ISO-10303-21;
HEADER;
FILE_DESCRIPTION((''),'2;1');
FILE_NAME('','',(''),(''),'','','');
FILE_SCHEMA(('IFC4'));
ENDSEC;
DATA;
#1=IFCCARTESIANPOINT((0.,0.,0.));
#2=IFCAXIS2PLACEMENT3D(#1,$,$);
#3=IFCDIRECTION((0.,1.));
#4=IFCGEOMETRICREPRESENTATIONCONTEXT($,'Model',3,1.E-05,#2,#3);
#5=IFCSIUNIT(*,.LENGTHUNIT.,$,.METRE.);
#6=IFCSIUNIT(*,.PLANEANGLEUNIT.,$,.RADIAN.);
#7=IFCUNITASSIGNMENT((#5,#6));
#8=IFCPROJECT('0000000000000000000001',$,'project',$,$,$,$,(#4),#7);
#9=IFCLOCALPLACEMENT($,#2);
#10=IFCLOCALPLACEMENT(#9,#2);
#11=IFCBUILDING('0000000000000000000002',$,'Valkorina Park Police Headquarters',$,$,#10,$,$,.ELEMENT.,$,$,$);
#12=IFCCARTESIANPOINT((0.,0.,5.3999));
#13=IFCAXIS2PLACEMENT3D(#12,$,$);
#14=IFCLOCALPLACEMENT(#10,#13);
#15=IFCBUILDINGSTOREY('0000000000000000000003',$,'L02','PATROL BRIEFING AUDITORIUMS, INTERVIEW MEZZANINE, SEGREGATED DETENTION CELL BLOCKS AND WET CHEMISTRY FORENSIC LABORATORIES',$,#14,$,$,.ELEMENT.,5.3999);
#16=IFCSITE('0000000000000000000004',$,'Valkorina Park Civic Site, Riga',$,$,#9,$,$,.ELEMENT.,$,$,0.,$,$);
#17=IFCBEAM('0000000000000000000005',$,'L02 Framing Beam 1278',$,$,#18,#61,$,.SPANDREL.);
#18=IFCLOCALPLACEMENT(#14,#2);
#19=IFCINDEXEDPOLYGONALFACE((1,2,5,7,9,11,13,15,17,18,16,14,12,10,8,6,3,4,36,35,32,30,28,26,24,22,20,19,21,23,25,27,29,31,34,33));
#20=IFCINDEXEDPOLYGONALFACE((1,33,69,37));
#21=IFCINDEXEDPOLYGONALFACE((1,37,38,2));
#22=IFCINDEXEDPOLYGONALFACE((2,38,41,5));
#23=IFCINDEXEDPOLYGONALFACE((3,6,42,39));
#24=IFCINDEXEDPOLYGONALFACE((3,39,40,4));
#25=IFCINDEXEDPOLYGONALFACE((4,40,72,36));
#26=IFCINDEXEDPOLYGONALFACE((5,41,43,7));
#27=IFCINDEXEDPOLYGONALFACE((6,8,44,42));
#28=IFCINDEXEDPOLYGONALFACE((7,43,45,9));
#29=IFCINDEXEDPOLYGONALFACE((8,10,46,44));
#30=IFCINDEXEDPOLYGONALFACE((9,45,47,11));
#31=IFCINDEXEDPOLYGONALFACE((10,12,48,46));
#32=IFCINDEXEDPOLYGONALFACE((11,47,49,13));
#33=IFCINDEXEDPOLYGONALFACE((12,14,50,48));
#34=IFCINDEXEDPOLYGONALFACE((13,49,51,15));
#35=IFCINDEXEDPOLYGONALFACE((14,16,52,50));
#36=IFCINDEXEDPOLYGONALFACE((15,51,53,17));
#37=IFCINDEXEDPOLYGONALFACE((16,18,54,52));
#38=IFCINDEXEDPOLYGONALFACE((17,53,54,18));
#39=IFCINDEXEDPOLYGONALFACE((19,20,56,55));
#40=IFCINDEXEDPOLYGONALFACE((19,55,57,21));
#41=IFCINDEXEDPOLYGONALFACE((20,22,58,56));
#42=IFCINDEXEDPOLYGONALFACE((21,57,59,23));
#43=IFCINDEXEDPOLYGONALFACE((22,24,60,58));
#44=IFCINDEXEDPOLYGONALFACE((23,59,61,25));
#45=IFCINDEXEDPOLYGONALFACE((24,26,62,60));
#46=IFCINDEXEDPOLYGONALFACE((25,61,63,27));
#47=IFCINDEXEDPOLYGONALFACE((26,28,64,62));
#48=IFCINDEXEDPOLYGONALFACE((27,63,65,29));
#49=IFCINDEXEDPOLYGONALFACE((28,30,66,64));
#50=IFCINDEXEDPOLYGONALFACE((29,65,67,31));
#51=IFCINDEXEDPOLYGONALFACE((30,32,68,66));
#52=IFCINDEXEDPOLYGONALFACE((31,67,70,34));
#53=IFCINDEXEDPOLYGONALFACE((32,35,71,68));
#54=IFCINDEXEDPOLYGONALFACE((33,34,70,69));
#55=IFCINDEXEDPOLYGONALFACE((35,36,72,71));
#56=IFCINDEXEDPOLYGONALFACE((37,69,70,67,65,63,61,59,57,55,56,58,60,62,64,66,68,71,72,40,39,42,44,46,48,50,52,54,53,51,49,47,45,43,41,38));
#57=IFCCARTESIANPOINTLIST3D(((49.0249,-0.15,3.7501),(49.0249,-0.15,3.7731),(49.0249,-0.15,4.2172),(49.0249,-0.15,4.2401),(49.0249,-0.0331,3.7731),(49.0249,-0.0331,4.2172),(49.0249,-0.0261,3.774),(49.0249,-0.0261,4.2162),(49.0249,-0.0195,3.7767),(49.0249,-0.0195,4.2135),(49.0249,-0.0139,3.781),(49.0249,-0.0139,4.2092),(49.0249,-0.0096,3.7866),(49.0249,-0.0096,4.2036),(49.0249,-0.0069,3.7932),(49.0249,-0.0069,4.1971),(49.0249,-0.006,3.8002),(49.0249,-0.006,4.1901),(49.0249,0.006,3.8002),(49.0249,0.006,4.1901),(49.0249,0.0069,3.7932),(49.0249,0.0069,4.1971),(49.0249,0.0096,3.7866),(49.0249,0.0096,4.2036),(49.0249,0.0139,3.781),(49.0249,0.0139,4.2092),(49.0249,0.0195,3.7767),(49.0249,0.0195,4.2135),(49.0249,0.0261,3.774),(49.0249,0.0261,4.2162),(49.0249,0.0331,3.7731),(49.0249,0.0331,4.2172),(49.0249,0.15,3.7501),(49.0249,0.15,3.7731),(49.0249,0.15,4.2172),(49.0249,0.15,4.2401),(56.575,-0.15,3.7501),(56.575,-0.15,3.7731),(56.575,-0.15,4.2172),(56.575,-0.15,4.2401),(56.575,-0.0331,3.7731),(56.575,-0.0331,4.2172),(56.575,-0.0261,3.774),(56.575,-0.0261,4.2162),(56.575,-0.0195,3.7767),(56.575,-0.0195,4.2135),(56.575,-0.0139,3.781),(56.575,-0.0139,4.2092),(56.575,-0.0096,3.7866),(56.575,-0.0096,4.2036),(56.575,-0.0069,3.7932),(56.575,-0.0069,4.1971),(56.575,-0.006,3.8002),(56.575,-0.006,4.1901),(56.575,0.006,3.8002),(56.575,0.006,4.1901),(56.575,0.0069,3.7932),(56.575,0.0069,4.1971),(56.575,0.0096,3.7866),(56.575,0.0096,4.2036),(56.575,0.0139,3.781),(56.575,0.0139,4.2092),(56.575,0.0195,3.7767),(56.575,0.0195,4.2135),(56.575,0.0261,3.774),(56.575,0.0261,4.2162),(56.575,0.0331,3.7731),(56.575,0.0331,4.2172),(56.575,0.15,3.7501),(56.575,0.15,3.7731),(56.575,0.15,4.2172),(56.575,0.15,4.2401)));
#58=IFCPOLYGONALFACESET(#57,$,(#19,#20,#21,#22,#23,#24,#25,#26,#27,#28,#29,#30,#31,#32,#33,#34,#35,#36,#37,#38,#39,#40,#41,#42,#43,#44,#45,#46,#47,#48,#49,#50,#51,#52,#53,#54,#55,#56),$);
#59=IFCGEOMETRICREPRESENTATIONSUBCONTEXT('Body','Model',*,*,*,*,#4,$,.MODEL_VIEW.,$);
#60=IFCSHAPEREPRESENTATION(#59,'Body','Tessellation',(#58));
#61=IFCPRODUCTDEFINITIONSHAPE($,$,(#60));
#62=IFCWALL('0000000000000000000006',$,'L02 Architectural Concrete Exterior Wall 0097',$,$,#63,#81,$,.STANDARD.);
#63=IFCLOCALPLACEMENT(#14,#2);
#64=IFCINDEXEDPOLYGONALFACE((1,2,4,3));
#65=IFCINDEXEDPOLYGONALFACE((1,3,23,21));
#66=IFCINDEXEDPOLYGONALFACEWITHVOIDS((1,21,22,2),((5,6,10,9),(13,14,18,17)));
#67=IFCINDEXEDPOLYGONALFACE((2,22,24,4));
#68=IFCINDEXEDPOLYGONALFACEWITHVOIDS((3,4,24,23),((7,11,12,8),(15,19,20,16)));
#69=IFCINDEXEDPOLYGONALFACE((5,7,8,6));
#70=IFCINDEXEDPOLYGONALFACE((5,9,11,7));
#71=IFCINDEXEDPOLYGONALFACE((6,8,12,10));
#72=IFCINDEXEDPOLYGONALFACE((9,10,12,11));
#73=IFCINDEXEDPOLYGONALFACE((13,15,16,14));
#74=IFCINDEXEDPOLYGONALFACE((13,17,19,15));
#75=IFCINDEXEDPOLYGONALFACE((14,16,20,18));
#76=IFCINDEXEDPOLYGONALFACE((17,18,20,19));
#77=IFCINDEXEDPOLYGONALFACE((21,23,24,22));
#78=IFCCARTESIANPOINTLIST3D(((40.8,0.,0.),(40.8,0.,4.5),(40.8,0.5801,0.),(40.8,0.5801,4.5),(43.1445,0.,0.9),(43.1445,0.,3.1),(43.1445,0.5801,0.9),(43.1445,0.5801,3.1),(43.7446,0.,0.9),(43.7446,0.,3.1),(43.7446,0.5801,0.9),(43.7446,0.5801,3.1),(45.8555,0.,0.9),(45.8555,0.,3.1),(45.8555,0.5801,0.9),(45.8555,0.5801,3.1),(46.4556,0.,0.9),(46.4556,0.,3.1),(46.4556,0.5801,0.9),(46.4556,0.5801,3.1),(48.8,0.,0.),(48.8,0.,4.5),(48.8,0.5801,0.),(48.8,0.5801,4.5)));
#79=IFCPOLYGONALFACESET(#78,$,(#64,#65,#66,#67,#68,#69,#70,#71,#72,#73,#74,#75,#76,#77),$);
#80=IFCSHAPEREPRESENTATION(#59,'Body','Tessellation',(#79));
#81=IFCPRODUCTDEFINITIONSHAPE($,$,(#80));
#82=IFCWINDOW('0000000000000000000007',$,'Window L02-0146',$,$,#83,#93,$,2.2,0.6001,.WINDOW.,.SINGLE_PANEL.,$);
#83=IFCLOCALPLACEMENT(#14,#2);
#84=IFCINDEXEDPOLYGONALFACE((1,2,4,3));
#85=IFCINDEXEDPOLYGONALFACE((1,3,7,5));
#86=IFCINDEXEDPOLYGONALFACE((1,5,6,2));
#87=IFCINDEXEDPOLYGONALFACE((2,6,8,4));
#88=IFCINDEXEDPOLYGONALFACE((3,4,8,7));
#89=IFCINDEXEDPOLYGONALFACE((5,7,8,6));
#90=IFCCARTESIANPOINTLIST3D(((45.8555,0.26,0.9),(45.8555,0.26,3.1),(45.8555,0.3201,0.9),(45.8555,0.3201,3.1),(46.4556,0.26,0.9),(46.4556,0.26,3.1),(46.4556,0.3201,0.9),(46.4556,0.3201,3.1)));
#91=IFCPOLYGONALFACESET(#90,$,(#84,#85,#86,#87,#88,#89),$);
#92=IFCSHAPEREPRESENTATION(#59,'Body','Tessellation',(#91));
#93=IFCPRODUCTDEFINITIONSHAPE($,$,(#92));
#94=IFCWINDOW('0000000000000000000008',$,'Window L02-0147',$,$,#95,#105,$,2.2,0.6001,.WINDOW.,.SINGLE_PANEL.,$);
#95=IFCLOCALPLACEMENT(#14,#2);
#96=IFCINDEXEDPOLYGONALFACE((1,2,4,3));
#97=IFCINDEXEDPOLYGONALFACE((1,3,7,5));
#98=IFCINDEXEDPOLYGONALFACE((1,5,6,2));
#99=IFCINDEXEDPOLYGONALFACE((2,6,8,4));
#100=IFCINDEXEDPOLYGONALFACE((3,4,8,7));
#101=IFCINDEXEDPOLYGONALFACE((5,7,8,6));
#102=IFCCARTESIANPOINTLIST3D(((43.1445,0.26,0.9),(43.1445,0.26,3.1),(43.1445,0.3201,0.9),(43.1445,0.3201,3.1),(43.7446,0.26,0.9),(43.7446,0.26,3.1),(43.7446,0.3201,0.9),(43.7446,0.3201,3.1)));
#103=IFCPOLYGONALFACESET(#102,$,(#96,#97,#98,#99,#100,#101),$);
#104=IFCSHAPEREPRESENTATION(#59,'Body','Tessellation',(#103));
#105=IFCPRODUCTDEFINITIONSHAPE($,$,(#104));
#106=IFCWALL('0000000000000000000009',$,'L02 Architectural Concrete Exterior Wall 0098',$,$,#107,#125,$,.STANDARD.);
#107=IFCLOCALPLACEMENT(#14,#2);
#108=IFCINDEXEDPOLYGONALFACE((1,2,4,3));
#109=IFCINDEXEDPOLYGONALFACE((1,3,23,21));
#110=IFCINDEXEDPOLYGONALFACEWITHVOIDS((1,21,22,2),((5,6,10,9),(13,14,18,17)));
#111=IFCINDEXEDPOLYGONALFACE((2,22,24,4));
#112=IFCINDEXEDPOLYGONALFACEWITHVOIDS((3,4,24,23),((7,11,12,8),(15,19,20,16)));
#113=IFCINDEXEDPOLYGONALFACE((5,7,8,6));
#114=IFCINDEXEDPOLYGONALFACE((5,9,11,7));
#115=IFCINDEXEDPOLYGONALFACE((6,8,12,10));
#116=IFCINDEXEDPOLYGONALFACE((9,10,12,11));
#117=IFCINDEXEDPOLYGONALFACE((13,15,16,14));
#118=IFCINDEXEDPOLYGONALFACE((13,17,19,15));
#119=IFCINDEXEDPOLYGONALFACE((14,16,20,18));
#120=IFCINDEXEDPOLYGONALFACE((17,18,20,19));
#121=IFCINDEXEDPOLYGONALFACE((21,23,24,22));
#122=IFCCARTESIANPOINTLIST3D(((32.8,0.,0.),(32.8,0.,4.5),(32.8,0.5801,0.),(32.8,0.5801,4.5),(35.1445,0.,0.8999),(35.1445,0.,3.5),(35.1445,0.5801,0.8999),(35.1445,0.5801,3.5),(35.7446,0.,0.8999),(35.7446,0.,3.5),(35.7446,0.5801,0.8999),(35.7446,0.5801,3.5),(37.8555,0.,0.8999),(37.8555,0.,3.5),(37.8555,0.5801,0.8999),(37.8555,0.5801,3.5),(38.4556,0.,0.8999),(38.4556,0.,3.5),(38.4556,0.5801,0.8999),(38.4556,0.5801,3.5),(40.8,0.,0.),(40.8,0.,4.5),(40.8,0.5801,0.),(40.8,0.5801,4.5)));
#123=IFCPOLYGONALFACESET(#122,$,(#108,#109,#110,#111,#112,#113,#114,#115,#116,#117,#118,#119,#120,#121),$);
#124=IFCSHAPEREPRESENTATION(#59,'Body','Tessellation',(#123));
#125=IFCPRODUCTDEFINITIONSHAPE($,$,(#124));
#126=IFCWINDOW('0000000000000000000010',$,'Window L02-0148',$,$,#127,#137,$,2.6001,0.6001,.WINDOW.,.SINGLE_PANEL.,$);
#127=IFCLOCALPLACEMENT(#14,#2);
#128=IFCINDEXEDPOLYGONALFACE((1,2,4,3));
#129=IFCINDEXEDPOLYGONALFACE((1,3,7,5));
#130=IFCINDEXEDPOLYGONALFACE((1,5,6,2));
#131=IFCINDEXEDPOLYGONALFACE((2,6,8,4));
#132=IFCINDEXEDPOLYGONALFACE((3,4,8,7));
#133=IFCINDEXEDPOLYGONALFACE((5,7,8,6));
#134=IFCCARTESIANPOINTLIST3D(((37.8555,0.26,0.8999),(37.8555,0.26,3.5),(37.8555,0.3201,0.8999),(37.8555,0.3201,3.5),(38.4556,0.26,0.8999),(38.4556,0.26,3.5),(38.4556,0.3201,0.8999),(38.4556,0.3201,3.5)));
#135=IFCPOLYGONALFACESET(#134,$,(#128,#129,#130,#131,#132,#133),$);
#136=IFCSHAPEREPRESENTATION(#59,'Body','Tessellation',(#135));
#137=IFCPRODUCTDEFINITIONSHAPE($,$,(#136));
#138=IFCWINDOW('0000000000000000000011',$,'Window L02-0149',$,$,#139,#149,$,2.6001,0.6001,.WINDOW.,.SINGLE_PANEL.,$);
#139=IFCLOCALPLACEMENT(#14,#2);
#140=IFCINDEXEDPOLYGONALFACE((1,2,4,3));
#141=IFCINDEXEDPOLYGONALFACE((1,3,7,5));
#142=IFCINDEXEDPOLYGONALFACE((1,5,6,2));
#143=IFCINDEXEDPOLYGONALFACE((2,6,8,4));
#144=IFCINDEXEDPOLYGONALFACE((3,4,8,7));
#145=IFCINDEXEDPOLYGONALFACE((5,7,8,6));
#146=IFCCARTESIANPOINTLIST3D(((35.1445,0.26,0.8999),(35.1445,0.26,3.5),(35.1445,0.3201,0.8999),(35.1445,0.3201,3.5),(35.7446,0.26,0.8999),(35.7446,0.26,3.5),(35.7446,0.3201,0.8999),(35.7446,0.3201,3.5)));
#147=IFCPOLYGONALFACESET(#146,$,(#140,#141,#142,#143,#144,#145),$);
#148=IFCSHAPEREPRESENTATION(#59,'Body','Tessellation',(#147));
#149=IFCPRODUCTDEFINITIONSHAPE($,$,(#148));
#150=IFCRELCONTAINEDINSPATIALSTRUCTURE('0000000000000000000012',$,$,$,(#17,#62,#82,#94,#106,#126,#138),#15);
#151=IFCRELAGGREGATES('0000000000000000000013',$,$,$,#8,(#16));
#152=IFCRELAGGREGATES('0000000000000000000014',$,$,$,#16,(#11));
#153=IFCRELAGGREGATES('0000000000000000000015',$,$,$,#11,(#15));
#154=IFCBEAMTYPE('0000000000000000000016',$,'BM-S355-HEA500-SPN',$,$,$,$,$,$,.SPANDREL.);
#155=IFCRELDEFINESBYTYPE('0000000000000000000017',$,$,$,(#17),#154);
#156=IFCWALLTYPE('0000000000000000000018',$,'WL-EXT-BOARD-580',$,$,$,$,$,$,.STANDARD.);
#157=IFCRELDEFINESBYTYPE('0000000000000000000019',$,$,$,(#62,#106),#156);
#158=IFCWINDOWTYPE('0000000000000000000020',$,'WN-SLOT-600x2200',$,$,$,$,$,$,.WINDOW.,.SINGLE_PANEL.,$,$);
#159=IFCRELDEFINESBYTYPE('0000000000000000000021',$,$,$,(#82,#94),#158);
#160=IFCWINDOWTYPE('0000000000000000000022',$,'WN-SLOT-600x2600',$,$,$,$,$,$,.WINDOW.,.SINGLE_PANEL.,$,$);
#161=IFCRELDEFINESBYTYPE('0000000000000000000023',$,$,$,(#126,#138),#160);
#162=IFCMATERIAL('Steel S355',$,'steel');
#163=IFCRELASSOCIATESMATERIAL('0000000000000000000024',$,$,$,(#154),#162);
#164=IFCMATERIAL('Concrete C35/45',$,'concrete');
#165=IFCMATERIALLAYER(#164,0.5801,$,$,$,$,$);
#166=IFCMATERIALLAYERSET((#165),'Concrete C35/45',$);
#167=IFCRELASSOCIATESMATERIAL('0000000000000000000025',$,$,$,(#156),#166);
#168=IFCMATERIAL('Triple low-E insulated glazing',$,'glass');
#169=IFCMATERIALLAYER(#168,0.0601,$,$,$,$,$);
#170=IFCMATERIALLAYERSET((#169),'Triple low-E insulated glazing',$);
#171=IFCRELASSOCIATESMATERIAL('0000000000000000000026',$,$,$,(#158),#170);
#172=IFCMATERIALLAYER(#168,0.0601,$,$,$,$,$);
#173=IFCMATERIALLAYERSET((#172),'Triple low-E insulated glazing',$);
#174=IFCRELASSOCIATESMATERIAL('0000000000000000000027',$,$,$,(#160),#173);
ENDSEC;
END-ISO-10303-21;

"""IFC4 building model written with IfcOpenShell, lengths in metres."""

from ifc_helpers import new_model, si_unit, direction, frame, frame_2d, origin, origin_2d, place, context, subcontext, project, spatial, rectangle, i_section, extrude, material, layer, layer_set, material_profile, profile_set, type_object, element, fill, save


model = new_model("IFC4")

# Units and contexts
model_context = context("Model", 3, precision=1e-05, world=origin(), true_north=direction((0.0, 1.0)))
body_context = subcontext(model_context, "Body", "Model", "MODEL_VIEW")
ifc_project = project(units=[si_unit("LENGTHUNIT", "METRE"), si_unit("PLANEANGLEUNIT", "RADIAN")], contexts=[model_context])

# Site, building, storey
site_placement = place(None, origin())
site = spatial("IfcSite", under=ifc_project, at=site_placement, Name="Valkorina Park Civic Site, Riga", CompositionType="ELEMENT", RefElevation=0.0)
building_placement = place(site_placement, origin())
building = spatial("IfcBuilding", under=site, at=building_placement, Name="Valkorina Park Police Headquarters", CompositionType="ELEMENT")
storey_placement = place(building_placement, frame((0.0, 0.0, 5.3999)))
storey = spatial("IfcBuildingStorey", under=building, at=storey_placement, Name="L02", Description="PATROL BRIEFING AUDITORIUMS, INTERVIEW MEZZANINE, SEGREGATED DETENTION CELL BLOCKS AND WET CHEMISTRY FORENSIC LABORATORIES", CompositionType="ELEMENT", Elevation=5.3999)

# Shared definitions
ifc_material_1 = material(Name="Steel S355", Category="steel")

# Beam
ifc_material_profile_1 = material_profile(ifc_material_1, i_section(OverallWidth=0.3, OverallDepth=0.49, WebThickness=0.012, FlangeThickness=0.0229, FilletRadius=0.0271, at=origin_2d()), Name="HEA 500")
ifc_profile_set_1 = profile_set([ifc_material_profile_1], Name="Steel S355")
beam_type = type_object("IfcBeamType", Name="BM-S355-HEA500-SPN", PredefinedType="SPANDREL", material=ifc_profile_set_1)
for number, where, z_axis, x_axis, name in (
    (1, (49.0249, 0.0, 3.9951), (1.0, 0.0, 0.0), (0.0, 1.0, 0.0), "L02 Framing Beam 1278"),
):
    element("IfcBeam", number, at=place(storey_placement, frame(where, z_axis=z_axis, x_axis=x_axis)), inside=storey, type_object=beam_type, Name=name, PredefinedType="SPANDREL", context=body_context, shape_type="SweptSolid", body=[
        extrude(i_section(OverallWidth=0.3, OverallDepth=0.49, WebThickness=0.012, FlangeThickness=0.0229, FilletRadius=0.0271, at=origin_2d()), origin(), (0.0, 0.0, 1.0), 7.55),
    ])

# Walls, openings, windows
ifc_material_2 = material(Name="Concrete C35/45", Category="concrete")
ifc_layer_1 = layer(ifc_material_2, 0.5801)
ifc_layer_set_1 = layer_set([ifc_layer_1], Name="Concrete C35/45")
wall_type = type_object("IfcWallType", Name="WL-EXT-BOARD-580", PredefinedType="STANDARD", material=ifc_layer_set_1)
wall_1_placement = place(storey_placement, frame((48.8, 0.29, 0.0), z_axis=(0.0, 0.0, 1.0), x_axis=(-1.0, 0.0, 0.0)))
wall_1 = element("IfcWall", 2, at=wall_1_placement, inside=storey, type_object=wall_type, Name="L02 Architectural Concrete Exterior Wall 0097", PredefinedType="STANDARD", context=body_context, shape_type="SweptSolid", body=[
    extrude(rectangle(XDim=8.0, YDim=0.5801, at=frame_2d((4.0, 0.0))), origin(), (0.0, 0.0, 1.0), 4.5),
])
opening_1_placement = place(wall_1_placement, frame((2.3445, 0.0, 0.8999)))
opening_1 = element("IfcOpeningElement", 3, at=opening_1_placement, cuts=wall_1, PredefinedType="OPENING", context=body_context, shape_type="SweptSolid", body=[
    extrude(rectangle(XDim=0.6001, YDim=2.2, at=frame_2d((0.3, 1.1001))), frame((0.0, 0.3, 0.0), z_axis=(0.0, -1.0, 0.0), x_axis=(1.0, 0.0, 0.0)), (0.0, 0.0, 1.0), 0.6001),
])
opening_2_placement = place(wall_1_placement, frame((5.0554, 0.0, 0.8999)))
opening_2 = element("IfcOpeningElement", 4, at=opening_2_placement, cuts=wall_1, PredefinedType="OPENING", context=body_context, shape_type="SweptSolid", body=[
    extrude(rectangle(XDim=0.6001, YDim=2.2, at=frame_2d((0.3, 1.1001))), frame((0.0, 0.3, 0.0), z_axis=(0.0, -1.0, 0.0), x_axis=(1.0, 0.0, 0.0)), (0.0, 0.0, 1.0), 0.6001),
])
ifc_material_3 = material(Name="Triple low-E insulated glazing", Category="glass")
ifc_layer_2 = layer(ifc_material_3, 0.0601)
ifc_layer_set_2 = layer_set([ifc_layer_2], Name="Triple low-E insulated glazing")
window_type_1 = type_object("IfcWindowType", Name="WN-SLOT-600x2200", PartitioningType="SINGLE_PANEL", PredefinedType="WINDOW", material=ifc_layer_set_2)
window_1_placement = place(opening_1_placement, origin())
window_1 = element("IfcWindow", 5, at=window_1_placement, inside=storey, type_object=window_type_1, Name="Window L02-0146", OverallHeight=2.2, OverallWidth=0.6001, PartitioningType="SINGLE_PANEL", PredefinedType="WINDOW", context=body_context, shape_type="SweptSolid", body=[
    extrude(rectangle(XDim=0.6001, YDim=2.2, at=frame_2d((0.3, 1.1001))), frame((0.0, 0.03, 0.0), z_axis=(0.0, -1.0, 0.0), x_axis=(1.0, 0.0, 0.0)), (0.0, 0.0, 1.0), 0.0601),
])
fill(opening_1, window_1)
window_2_placement = place(opening_2_placement, origin())
window_2 = element("IfcWindow", 6, at=window_2_placement, inside=storey, type_object=window_type_1, Name="Window L02-0147", OverallHeight=2.2, OverallWidth=0.6001, PartitioningType="SINGLE_PANEL", PredefinedType="WINDOW", context=body_context, shape_type="SweptSolid", body=[
    extrude(rectangle(XDim=0.6001, YDim=2.2, at=frame_2d((0.3, 1.1001))), frame((0.0, 0.03, 0.0), z_axis=(0.0, -1.0, 0.0), x_axis=(1.0, 0.0, 0.0)), (0.0, 0.0, 1.0), 0.0601),
])
fill(opening_2, window_2)
wall_2_placement = place(storey_placement, frame((40.8, 0.29, 0.0), z_axis=(0.0, 0.0, 1.0), x_axis=(-1.0, 0.0, 0.0)))
wall_2 = element("IfcWall", 7, at=wall_2_placement, inside=storey, type_object=wall_type, Name="L02 Architectural Concrete Exterior Wall 0098", PredefinedType="STANDARD", context=body_context, shape_type="SweptSolid", body=[
    extrude(rectangle(XDim=8.0, YDim=0.5801, at=frame_2d((4.0, 0.0))), origin(), (0.0, 0.0, 1.0), 4.5),
])
opening_3_placement = place(wall_2_placement, frame((2.3445, 0.0, 0.8999)))
opening_3 = element("IfcOpeningElement", 8, at=opening_3_placement, cuts=wall_2, PredefinedType="OPENING", context=body_context, shape_type="SweptSolid", body=[
    extrude(rectangle(XDim=0.6001, YDim=2.6001, at=frame_2d((0.3, 1.3))), frame((0.0, 0.3, 0.0), z_axis=(0.0, -1.0, 0.0), x_axis=(1.0, 0.0, 0.0)), (0.0, 0.0, 1.0), 0.6001),
])
opening_4_placement = place(wall_2_placement, frame((5.0554, 0.0, 0.8999)))
opening_4 = element("IfcOpeningElement", 9, at=opening_4_placement, cuts=wall_2, PredefinedType="OPENING", context=body_context, shape_type="SweptSolid", body=[
    extrude(rectangle(XDim=0.6001, YDim=2.6001, at=frame_2d((0.3, 1.3))), frame((0.0, 0.3, 0.0), z_axis=(0.0, -1.0, 0.0), x_axis=(1.0, 0.0, 0.0)), (0.0, 0.0, 1.0), 0.6001),
])
ifc_layer_3 = layer(ifc_material_3, 0.0601)
ifc_layer_set_3 = layer_set([ifc_layer_3], Name="Triple low-E insulated glazing")
window_type_2 = type_object("IfcWindowType", Name="WN-SLOT-600x2600", PartitioningType="SINGLE_PANEL", PredefinedType="WINDOW", material=ifc_layer_set_3)
window_3_placement = place(opening_3_placement, origin())
window_3 = element("IfcWindow", 10, at=window_3_placement, inside=storey, type_object=window_type_2, Name="Window L02-0148", OverallHeight=2.6001, OverallWidth=0.6001, PartitioningType="SINGLE_PANEL", PredefinedType="WINDOW", context=body_context, shape_type="SweptSolid", body=[
    extrude(rectangle(XDim=0.6001, YDim=2.6001, at=frame_2d((0.3, 1.3))), frame((0.0, 0.03, 0.0), z_axis=(0.0, -1.0, 0.0), x_axis=(1.0, 0.0, 0.0)), (0.0, 0.0, 1.0), 0.0601),
])
fill(opening_3, window_3)
window_4_placement = place(opening_4_placement, origin())
window_4 = element("IfcWindow", 11, at=window_4_placement, inside=storey, type_object=window_type_2, Name="Window L02-0149", OverallHeight=2.6001, OverallWidth=0.6001, PartitioningType="SINGLE_PANEL", PredefinedType="WINDOW", context=body_context, shape_type="SweptSolid", body=[
    extrude(rectangle(XDim=0.6001, YDim=2.6001, at=frame_2d((0.3, 1.3))), frame((0.0, 0.03, 0.0), z_axis=(0.0, -1.0, 0.0), x_axis=(1.0, 0.0, 0.0)), (0.0, 0.0, 1.0), 0.0601),
])
fill(opening_4, window_4)

save(model, "model.ifc")
